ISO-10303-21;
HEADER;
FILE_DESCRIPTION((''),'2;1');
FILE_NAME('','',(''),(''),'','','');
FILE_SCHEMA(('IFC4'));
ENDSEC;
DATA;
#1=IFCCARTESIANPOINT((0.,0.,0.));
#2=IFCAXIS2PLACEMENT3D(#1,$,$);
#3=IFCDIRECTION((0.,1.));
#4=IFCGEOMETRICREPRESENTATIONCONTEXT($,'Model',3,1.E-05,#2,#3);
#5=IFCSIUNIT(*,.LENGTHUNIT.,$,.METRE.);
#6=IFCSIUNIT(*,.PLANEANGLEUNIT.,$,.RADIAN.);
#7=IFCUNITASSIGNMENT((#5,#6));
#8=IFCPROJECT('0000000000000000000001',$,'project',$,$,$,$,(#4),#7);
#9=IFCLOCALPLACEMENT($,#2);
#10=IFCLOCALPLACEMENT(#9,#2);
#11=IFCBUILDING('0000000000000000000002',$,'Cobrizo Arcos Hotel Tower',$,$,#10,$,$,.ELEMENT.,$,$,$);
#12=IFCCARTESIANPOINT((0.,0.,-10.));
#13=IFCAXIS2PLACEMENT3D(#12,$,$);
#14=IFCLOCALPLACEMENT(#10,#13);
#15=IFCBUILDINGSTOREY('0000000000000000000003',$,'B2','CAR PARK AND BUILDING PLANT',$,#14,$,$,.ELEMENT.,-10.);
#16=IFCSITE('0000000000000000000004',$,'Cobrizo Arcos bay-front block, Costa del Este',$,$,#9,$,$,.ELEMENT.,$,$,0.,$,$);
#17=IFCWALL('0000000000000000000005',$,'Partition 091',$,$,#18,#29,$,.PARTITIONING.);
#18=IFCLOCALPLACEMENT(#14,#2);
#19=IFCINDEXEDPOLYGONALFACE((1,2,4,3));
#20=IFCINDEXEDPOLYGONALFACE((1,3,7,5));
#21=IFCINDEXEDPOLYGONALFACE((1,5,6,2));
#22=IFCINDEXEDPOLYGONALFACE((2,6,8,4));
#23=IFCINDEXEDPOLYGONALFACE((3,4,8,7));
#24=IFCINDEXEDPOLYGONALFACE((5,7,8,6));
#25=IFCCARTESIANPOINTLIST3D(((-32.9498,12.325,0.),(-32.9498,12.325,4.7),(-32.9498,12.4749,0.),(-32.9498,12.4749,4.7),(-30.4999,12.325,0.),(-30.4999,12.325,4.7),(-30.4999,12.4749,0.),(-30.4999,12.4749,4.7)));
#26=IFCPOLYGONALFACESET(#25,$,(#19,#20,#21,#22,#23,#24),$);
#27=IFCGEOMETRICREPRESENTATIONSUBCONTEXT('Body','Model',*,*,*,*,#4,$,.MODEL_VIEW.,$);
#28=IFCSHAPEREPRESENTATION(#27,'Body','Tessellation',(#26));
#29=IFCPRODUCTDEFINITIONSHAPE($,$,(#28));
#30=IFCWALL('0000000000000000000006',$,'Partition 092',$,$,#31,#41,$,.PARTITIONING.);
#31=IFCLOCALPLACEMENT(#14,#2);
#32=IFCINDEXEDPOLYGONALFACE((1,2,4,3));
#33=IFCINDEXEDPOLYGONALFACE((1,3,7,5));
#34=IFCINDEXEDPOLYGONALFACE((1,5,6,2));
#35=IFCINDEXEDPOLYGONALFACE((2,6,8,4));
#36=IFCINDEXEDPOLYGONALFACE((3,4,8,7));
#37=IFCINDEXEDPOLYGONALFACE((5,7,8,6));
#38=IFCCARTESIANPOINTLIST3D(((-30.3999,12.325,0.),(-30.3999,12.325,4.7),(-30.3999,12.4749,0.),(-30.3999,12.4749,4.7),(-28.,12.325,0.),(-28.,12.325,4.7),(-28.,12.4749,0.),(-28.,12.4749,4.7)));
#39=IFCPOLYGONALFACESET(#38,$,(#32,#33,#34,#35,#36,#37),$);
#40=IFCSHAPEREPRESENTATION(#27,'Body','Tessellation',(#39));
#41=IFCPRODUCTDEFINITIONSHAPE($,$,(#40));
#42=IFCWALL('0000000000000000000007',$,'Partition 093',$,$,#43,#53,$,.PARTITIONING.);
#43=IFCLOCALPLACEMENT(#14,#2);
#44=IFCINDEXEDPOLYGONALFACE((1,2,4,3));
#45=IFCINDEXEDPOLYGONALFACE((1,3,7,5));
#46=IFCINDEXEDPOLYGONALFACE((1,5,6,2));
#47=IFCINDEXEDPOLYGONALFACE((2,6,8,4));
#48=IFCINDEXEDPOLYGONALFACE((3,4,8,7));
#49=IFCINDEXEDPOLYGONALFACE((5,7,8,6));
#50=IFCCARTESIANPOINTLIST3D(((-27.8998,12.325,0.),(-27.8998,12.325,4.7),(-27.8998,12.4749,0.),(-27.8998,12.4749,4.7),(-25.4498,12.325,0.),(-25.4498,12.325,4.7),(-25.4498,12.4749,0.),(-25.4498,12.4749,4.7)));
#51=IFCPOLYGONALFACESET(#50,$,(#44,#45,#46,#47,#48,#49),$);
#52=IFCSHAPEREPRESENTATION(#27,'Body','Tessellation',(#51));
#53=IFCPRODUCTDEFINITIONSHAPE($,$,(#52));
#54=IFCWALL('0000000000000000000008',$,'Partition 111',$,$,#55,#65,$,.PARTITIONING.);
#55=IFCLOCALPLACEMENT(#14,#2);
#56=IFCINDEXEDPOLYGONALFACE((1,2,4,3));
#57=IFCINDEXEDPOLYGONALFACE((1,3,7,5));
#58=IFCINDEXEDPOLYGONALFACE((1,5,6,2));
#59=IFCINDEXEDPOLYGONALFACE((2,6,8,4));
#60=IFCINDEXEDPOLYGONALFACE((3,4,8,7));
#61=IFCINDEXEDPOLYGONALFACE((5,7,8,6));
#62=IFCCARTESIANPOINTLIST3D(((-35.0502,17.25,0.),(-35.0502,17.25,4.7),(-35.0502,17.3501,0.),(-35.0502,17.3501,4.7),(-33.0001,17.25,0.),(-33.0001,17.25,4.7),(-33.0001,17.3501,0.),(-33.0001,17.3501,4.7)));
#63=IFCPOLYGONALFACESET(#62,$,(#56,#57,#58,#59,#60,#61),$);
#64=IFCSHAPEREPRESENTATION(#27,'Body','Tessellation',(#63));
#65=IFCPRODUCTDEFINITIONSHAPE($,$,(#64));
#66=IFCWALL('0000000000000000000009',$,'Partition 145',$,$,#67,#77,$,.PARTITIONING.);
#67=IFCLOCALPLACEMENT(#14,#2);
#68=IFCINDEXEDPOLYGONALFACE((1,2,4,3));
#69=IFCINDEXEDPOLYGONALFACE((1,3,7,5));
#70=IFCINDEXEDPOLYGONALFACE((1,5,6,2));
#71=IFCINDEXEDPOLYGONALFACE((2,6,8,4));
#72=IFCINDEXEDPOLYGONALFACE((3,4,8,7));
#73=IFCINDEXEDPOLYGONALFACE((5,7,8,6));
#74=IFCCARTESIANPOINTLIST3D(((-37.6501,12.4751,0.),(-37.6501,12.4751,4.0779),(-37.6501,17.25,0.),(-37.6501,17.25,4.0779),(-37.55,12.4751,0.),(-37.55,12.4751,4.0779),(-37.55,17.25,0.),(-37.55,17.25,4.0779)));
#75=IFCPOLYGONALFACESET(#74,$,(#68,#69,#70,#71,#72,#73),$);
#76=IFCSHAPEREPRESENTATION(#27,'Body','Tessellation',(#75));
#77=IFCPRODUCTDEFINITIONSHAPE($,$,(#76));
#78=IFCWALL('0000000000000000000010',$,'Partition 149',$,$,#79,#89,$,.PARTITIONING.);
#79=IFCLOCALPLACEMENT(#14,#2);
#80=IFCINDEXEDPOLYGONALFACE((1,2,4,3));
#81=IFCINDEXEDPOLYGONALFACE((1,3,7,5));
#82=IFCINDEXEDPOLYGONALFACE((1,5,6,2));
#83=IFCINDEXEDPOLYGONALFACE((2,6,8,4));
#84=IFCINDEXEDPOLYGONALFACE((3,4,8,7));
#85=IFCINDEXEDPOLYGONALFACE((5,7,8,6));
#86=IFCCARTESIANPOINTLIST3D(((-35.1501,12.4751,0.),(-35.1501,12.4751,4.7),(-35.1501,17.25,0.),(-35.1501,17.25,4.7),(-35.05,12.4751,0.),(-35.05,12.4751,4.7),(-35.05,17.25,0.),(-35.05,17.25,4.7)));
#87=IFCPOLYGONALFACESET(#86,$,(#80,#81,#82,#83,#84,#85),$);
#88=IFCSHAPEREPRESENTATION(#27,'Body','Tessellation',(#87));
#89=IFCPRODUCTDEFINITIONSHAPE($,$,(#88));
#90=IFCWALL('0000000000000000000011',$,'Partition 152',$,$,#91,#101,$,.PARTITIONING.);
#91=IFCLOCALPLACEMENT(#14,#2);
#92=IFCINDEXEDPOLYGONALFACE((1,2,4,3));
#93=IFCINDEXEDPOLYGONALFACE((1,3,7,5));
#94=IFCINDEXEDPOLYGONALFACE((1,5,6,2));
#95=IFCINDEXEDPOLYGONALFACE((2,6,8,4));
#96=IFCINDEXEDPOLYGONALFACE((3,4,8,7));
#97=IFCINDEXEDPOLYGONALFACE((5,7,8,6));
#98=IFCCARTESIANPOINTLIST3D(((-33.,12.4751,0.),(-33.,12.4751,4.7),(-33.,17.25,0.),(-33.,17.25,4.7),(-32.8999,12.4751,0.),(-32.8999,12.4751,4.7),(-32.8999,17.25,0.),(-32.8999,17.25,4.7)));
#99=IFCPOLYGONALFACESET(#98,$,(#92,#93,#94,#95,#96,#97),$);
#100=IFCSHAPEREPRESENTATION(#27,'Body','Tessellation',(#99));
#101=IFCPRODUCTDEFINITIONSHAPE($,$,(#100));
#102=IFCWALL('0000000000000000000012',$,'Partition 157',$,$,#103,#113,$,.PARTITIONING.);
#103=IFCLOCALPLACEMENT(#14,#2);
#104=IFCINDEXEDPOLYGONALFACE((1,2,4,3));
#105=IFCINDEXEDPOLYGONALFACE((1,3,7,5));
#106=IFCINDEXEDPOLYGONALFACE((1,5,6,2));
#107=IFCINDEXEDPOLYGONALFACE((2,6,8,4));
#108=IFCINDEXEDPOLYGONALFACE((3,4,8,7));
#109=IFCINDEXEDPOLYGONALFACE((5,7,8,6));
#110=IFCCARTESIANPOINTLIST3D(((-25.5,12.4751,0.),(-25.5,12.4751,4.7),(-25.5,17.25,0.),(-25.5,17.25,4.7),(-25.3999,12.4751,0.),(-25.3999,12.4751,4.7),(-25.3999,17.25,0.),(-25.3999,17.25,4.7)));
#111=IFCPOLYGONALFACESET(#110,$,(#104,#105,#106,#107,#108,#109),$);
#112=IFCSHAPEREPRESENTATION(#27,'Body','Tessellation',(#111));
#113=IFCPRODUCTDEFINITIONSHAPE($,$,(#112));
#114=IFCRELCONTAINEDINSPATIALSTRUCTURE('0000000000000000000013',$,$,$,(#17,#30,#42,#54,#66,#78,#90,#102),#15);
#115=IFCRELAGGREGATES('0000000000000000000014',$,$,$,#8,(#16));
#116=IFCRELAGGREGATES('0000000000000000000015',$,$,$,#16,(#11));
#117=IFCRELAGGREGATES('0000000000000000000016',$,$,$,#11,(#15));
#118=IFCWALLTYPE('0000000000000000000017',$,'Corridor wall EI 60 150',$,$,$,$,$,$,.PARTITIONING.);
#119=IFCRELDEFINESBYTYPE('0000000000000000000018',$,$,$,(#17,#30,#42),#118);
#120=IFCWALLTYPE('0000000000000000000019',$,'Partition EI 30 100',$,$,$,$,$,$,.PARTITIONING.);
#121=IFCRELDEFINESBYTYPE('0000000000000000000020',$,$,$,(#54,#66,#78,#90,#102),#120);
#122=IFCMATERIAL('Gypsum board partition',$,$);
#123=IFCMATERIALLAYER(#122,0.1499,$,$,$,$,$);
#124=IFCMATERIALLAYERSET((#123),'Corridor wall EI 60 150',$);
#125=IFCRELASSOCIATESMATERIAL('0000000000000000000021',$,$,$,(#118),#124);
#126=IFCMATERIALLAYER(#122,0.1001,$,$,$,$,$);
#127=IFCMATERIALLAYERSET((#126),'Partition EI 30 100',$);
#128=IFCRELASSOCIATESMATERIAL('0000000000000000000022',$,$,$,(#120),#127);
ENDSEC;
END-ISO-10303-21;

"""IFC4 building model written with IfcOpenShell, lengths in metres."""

from ifc_helpers import new_model, si_unit, direction, frame, frame_2d, origin, place, context, subcontext, project, spatial, rectangle, extrude, material, layer, layer_set, type_object, element, save


model = new_model("IFC4")

# Units and contexts
model_context = context("Model", 3, precision=1e-05, world=origin(), true_north=direction((0.0, 1.0)))
body_context = subcontext(model_context, "Body", "Model", "MODEL_VIEW")
ifc_project = project(units=[si_unit("LENGTHUNIT", "METRE"), si_unit("PLANEANGLEUNIT", "RADIAN")], contexts=[model_context])

# Site, building, storey
site_placement = place(None, origin())
site = spatial("IfcSite", under=ifc_project, at=site_placement, Name="Cobrizo Arcos bay-front block, Costa del Este", CompositionType="ELEMENT", RefElevation=0.0)
building_placement = place(site_placement, origin())
building = spatial("IfcBuilding", under=site, at=building_placement, Name="Cobrizo Arcos Hotel Tower", CompositionType="ELEMENT")
storey_placement = place(building_placement, frame((0.0, 0.0, -10.0)))
storey = spatial("IfcBuildingStorey", under=building, at=storey_placement, Name="B2", Description="CAR PARK AND BUILDING PLANT", CompositionType="ELEMENT", Elevation=-10.0)

# Walls
ifc_material_1 = material(Name="Gypsum board partition")
ifc_layer_1 = layer(ifc_material_1, 0.1499)
ifc_layer_set_1 = layer_set([ifc_layer_1], Name="Corridor wall EI 60 150")
wall_type_1 = type_object("IfcWallType", Name="Corridor wall EI 60 150", PredefinedType="PARTITIONING", material=ifc_layer_set_1)
wall_1_placement = place(storey_placement, frame((-32.95, 12.3999, 0.0), z_axis=(0.0, 0.0, 1.0), x_axis=(1.0, 0.0, 0.0)))
element("IfcWall", 1, at=wall_1_placement, inside=storey, type_object=wall_type_1, Name="Partition 091", PredefinedType="PARTITIONING", context=body_context, shape_type="SweptSolid", body=[
    extrude(rectangle(XDim=2.45, YDim=0.1499, at=frame_2d((1.2251, 0.0))), origin(), (0.0, 0.0, 1.0), 4.7),
])
wall_2_placement = place(storey_placement, frame((-30.3999, 12.3999, 0.0), z_axis=(0.0, 0.0, 1.0), x_axis=(1.0, 0.0, 0.0)))
element("IfcWall", 2, at=wall_2_placement, inside=storey, type_object=wall_type_1, Name="Partition 092", PredefinedType="PARTITIONING", context=body_context, shape_type="SweptSolid", body=[
    extrude(rectangle(XDim=2.3999, YDim=0.1499, at=frame_2d((1.2, 0.0))), origin(), (0.0, 0.0, 1.0), 4.7),
])
wall_3_placement = place(storey_placement, frame((-27.8999, 12.3999, 0.0), z_axis=(0.0, 0.0, 1.0), x_axis=(1.0, 0.0, 0.0)))
element("IfcWall", 3, at=wall_3_placement, inside=storey, type_object=wall_type_1, Name="Partition 093", PredefinedType="PARTITIONING", context=body_context, shape_type="SweptSolid", body=[
    extrude(rectangle(XDim=2.45, YDim=0.1499, at=frame_2d((1.2251, 0.0))), origin(), (0.0, 0.0, 1.0), 4.7),
])
ifc_layer_2 = layer(ifc_material_1, 0.1001)
ifc_layer_set_2 = layer_set([ifc_layer_2], Name="Partition EI 30 100")
wall_type_2 = type_object("IfcWallType", Name="Partition EI 30 100", PredefinedType="PARTITIONING", material=ifc_layer_set_2)
wall_4_placement = place(storey_placement, frame((-35.05, 17.3, 0.0), z_axis=(0.0, 0.0, 1.0), x_axis=(1.0, 0.0, 0.0)))
element("IfcWall", 4, at=wall_4_placement, inside=storey, type_object=wall_type_2, Name="Partition 111", PredefinedType="PARTITIONING", context=body_context, shape_type="SweptSolid", body=[
    extrude(rectangle(XDim=2.05, YDim=0.1001, at=frame_2d((1.0249, 0.0))), origin(), (0.0, 0.0, 1.0), 4.7),
])
wall_5_placement = place(storey_placement, frame((-37.6001, 12.4751, 0.0), z_axis=(0.0, 0.0, 1.0), x_axis=(0.0, 1.0, 0.0)))
element("IfcWall", 5, at=wall_5_placement, inside=storey, type_object=wall_type_2, Name="Partition 145", PredefinedType="PARTITIONING", context=body_context, shape_type="SweptSolid", body=[
    extrude(rectangle(XDim=4.7749, YDim=0.1001, at=frame_2d((2.3875, 0.0))), origin(), (0.0, 0.0, 1.0), 4.0779),
])
for number, where, z_axis, x_axis, name in (
    (6, (-35.1001, 12.4751, 0.0), (0.0, 0.0, 1.0), (0.0, 1.0, 0.0), "Partition 149"),
    (7, (-32.95, 12.4751, 0.0), (0.0, 0.0, 1.0), (0.0, 1.0, 0.0), "Partition 152"),
    (8, (-25.45, 12.4751, 0.0), (0.0, 0.0, 1.0), (0.0, 1.0, 0.0), "Partition 157"),
):
    element("IfcWall", number, at=place(storey_placement, frame(where, z_axis=z_axis, x_axis=x_axis)), inside=storey, type_object=wall_type_2, Name=name, PredefinedType="PARTITIONING", context=body_context, shape_type="SweptSolid", body=[
        extrude(rectangle(XDim=4.7749, YDim=0.1001, at=frame_2d((2.3875, 0.0))), origin(), (0.0, 0.0, 1.0), 4.7),
    ])

save(model, "model.ifc")
